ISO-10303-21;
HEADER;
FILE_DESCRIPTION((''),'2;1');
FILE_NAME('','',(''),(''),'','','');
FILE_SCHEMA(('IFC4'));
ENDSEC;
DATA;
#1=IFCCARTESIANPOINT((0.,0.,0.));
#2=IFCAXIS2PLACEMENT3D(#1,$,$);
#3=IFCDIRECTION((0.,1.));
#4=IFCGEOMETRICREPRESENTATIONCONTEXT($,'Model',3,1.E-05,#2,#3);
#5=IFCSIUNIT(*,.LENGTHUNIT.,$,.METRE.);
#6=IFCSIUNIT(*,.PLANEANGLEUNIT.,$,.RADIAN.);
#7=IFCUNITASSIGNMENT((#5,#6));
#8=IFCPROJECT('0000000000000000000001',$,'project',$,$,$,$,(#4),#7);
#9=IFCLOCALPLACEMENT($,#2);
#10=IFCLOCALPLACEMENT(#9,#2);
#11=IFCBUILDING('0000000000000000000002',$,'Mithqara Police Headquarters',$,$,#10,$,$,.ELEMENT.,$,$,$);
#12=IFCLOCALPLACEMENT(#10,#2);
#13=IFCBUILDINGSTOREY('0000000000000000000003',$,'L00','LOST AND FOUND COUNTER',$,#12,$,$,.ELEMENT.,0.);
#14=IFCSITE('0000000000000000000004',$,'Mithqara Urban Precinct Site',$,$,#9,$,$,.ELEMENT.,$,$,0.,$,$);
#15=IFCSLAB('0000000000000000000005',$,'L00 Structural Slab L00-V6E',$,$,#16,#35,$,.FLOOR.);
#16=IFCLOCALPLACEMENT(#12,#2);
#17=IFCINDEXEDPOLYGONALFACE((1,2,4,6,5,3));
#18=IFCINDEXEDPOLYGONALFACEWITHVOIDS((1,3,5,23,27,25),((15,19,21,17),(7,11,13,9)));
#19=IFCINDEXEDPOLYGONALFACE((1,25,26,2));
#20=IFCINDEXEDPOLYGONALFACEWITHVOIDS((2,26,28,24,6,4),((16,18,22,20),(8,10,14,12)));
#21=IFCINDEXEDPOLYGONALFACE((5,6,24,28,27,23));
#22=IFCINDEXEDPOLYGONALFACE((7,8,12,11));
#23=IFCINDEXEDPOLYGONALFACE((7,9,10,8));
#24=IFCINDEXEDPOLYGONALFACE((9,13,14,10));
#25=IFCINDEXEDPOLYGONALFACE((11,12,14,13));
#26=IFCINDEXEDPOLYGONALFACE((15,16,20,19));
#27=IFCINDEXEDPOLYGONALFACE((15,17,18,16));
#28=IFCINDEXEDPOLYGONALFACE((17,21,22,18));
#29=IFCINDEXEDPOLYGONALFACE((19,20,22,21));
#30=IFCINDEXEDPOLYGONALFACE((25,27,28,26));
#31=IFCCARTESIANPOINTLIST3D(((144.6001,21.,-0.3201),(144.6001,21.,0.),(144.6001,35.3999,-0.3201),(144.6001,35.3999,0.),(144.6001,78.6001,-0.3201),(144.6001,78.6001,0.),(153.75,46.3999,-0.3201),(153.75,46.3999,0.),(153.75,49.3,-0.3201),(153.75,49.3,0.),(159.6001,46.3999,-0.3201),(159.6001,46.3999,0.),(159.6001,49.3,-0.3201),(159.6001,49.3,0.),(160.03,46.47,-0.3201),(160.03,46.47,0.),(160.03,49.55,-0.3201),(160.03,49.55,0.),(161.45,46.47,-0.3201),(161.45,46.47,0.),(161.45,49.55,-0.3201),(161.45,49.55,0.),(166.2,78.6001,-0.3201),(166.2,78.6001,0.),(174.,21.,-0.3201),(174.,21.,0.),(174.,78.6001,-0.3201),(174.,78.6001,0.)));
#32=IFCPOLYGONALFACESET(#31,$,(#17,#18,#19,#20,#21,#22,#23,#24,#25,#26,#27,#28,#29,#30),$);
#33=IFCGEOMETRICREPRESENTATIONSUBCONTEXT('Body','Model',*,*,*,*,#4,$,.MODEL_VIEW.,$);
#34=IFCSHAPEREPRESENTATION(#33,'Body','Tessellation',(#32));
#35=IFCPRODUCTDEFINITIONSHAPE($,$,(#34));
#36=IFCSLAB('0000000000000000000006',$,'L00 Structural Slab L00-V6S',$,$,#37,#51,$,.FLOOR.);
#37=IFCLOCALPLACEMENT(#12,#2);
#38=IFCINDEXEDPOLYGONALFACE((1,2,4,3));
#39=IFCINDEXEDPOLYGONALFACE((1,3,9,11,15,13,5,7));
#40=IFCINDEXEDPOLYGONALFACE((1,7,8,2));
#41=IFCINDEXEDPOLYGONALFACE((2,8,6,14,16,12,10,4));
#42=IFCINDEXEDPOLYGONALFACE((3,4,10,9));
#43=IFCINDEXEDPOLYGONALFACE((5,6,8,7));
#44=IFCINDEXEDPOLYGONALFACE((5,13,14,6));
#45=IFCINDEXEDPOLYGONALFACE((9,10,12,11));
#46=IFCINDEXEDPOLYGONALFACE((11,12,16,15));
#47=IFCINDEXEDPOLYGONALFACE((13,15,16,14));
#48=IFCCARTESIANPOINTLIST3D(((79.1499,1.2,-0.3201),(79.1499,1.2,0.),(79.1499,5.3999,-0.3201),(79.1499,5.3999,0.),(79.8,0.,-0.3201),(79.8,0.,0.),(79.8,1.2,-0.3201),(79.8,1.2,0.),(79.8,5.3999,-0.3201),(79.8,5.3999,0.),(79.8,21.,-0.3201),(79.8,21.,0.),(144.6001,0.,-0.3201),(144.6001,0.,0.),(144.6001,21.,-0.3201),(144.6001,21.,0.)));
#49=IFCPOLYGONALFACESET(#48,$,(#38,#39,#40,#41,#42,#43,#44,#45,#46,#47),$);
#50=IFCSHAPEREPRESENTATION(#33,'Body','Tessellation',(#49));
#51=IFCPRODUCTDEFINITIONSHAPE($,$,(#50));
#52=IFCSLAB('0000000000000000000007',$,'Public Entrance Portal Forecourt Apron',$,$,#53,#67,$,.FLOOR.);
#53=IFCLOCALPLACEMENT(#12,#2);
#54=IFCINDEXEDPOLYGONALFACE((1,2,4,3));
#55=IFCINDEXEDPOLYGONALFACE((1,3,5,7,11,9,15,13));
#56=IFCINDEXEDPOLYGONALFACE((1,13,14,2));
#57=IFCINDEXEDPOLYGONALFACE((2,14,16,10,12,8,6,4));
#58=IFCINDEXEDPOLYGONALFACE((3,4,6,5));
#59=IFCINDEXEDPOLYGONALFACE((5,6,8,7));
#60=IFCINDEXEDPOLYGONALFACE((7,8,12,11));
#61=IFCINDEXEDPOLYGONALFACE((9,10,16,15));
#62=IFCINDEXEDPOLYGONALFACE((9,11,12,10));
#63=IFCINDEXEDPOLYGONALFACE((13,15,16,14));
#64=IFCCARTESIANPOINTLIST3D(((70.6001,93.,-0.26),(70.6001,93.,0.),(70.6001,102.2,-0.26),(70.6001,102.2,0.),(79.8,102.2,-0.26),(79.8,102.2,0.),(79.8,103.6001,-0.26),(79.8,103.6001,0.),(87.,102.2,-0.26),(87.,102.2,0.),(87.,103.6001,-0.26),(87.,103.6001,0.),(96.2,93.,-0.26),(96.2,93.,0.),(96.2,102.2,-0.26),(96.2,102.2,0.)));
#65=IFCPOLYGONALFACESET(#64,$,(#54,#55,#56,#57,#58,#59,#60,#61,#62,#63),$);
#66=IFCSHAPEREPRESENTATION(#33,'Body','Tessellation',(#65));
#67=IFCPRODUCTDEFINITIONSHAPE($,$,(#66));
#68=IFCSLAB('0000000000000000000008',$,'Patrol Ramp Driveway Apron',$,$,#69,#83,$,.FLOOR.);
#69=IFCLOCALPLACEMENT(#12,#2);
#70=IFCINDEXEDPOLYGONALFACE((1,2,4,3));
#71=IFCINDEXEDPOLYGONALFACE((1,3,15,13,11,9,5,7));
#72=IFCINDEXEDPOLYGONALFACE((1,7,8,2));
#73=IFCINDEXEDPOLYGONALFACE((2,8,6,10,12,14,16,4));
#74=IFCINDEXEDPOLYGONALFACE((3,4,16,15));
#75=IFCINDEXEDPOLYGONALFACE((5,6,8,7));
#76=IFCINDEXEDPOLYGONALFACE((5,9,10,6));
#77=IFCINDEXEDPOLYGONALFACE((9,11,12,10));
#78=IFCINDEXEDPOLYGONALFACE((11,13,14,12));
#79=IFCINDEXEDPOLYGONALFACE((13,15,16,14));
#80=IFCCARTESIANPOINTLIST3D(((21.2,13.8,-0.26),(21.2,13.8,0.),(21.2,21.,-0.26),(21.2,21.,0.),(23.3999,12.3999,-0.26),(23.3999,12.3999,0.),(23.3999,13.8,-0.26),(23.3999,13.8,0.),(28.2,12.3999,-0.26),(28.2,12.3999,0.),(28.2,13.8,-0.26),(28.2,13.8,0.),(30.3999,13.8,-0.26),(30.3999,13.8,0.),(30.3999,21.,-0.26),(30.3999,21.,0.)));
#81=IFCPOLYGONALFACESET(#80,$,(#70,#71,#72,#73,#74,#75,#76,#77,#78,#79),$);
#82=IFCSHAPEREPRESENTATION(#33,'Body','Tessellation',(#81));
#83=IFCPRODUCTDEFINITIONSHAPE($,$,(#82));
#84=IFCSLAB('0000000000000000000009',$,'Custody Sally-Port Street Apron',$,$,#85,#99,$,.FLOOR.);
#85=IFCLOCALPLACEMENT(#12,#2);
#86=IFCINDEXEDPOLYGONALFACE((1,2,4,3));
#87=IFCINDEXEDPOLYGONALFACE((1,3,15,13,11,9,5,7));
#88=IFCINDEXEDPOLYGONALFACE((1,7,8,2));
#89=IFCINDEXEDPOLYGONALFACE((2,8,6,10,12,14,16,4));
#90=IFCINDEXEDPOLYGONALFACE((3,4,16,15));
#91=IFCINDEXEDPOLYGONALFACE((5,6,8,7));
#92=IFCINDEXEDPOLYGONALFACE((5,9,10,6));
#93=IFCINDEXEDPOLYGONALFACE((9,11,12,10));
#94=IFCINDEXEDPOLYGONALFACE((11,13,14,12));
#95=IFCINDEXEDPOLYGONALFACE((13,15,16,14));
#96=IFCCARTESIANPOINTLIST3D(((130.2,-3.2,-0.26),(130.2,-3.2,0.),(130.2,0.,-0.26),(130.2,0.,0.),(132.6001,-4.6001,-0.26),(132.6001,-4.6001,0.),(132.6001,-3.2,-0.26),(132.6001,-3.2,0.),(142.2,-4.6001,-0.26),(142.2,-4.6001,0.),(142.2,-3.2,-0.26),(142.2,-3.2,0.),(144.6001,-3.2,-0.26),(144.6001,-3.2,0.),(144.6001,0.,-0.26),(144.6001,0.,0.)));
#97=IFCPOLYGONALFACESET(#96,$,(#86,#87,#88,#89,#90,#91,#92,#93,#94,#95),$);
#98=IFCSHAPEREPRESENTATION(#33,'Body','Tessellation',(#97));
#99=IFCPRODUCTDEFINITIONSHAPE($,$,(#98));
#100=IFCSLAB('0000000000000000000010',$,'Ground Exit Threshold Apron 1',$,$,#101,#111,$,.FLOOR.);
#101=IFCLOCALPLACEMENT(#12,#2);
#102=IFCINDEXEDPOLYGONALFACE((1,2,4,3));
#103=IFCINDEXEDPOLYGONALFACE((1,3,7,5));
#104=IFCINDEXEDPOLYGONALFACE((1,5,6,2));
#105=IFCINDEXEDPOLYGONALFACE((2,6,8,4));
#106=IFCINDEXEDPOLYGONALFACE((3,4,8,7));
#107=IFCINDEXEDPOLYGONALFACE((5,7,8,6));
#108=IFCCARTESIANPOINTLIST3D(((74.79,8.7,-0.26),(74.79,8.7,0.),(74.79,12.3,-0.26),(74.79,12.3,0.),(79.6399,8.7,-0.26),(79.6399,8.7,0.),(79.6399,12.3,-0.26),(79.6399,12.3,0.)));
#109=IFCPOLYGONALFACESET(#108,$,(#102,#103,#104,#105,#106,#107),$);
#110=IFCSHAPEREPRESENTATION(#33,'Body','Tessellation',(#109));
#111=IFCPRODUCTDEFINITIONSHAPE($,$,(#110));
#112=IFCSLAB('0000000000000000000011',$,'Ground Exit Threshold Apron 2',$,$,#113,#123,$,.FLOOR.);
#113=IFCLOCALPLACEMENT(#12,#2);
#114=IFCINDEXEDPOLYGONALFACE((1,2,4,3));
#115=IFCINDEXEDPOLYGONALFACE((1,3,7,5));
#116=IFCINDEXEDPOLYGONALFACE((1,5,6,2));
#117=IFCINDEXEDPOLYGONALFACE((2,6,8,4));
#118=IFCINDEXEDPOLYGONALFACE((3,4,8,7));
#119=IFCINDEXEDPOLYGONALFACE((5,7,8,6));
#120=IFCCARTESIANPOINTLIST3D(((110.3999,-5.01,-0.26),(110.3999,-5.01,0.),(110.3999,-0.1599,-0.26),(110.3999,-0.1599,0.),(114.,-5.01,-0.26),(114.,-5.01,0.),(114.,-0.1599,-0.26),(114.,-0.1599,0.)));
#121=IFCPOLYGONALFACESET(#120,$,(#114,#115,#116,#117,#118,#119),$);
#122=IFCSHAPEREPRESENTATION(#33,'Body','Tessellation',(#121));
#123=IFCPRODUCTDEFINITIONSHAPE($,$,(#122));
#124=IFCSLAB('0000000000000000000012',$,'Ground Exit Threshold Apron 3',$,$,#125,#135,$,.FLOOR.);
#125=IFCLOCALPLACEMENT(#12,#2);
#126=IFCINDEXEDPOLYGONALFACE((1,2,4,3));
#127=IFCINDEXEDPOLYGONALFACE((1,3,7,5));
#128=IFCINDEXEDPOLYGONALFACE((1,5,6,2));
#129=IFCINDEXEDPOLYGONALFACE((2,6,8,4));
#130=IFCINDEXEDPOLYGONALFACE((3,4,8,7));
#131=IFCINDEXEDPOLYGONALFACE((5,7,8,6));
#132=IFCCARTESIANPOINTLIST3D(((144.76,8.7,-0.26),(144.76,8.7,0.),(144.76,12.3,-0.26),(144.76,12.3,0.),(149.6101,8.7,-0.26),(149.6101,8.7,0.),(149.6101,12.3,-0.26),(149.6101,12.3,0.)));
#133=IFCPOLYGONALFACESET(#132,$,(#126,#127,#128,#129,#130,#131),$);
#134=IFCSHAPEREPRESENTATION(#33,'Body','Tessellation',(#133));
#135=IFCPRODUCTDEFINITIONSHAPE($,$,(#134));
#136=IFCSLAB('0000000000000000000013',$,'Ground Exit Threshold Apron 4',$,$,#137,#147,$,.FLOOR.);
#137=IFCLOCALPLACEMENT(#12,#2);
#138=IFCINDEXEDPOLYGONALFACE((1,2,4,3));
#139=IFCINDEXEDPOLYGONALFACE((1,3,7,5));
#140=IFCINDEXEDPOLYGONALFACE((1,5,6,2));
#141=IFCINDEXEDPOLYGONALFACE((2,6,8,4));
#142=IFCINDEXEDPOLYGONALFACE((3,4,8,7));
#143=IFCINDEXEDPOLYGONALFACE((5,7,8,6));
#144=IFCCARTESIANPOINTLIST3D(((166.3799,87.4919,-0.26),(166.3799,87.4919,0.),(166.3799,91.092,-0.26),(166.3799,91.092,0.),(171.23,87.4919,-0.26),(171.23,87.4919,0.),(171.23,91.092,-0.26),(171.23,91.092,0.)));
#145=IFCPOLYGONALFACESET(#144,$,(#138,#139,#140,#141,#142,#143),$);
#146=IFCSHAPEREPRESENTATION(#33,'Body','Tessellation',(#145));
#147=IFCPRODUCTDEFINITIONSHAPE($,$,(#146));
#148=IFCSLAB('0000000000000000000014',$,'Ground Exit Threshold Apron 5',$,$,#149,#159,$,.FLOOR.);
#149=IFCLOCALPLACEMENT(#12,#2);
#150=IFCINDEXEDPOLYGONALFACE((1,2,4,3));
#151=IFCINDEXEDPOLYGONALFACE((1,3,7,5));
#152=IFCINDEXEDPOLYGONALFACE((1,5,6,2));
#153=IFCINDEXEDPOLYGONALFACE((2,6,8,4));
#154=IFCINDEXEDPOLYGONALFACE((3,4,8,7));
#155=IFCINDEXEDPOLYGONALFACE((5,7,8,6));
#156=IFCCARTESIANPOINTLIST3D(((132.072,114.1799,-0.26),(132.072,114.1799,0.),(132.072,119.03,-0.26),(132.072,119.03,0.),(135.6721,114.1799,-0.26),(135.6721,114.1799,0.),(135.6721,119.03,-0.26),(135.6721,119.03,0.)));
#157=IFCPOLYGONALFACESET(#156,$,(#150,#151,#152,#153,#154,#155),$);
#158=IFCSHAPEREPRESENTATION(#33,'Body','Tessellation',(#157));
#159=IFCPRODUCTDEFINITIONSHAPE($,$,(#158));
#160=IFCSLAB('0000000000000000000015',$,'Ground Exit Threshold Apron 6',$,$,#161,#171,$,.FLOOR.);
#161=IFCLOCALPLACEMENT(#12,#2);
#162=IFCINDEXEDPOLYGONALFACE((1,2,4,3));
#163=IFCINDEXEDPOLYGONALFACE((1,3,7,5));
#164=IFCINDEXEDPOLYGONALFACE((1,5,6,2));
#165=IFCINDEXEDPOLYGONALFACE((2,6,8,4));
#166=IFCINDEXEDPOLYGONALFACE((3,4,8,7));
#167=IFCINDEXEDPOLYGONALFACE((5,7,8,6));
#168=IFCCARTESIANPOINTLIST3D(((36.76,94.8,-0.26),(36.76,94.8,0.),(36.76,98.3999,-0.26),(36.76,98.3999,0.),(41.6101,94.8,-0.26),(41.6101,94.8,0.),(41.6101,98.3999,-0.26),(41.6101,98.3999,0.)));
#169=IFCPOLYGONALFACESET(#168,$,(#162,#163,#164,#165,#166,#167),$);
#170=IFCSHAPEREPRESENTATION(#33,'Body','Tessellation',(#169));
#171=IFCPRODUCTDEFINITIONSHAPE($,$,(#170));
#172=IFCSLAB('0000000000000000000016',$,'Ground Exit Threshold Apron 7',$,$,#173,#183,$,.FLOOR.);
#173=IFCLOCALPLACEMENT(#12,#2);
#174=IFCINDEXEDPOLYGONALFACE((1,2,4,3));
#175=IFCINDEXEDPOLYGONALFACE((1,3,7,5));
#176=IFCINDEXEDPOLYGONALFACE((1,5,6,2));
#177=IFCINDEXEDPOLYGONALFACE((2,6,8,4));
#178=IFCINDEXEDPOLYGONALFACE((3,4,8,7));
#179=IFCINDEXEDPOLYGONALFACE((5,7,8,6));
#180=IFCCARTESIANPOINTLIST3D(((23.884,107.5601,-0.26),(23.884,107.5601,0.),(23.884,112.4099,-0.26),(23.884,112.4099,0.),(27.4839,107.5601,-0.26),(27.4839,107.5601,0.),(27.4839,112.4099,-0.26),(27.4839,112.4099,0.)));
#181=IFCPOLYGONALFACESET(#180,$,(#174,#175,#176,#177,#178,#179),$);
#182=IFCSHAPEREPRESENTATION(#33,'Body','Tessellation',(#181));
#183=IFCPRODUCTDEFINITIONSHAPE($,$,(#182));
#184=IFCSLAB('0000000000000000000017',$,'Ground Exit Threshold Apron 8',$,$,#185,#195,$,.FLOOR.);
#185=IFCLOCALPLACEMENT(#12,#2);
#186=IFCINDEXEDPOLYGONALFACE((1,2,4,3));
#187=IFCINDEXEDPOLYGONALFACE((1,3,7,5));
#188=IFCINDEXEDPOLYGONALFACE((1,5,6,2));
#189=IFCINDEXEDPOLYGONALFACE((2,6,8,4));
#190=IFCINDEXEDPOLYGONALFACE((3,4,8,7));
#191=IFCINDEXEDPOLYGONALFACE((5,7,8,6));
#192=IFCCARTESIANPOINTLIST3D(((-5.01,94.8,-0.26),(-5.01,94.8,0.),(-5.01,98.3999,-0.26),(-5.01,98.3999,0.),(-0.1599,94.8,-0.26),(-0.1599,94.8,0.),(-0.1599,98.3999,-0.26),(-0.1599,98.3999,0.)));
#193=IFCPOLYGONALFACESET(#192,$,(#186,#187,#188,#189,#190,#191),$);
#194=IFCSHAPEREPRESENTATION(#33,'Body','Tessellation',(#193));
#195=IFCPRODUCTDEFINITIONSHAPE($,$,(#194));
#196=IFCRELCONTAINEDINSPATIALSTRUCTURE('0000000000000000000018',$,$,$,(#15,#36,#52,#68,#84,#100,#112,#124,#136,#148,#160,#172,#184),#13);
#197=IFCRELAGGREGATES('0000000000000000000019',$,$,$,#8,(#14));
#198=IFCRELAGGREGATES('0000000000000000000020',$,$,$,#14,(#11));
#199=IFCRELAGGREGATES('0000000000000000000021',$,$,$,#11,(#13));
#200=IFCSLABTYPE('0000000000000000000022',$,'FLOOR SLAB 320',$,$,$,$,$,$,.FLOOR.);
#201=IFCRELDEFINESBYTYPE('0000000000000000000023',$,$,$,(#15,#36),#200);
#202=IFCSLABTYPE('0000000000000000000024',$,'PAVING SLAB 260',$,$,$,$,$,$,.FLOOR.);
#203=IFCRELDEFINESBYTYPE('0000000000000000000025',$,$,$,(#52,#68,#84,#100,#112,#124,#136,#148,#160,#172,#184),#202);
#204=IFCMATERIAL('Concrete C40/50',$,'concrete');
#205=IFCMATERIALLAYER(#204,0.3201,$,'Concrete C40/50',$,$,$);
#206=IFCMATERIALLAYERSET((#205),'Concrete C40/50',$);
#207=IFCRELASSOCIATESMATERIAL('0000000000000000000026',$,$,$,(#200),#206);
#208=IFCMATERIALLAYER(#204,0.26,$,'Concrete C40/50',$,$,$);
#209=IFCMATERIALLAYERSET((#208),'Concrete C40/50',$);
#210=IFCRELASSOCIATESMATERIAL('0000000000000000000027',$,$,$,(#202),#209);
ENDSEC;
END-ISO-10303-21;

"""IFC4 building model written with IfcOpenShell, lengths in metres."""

from ifc_helpers import new_model, si_unit, direction, frame, origin, place, context, subcontext, project, spatial, polyline, outline, extrude, material, layer, layer_set, type_object, element, save


model = new_model("IFC4")

# Units and contexts
model_context = context("Model", 3, precision=1e-05, world=origin(), true_north=direction((0.0, 1.0)))
body_context = subcontext(model_context, "Body", "Model", "MODEL_VIEW")
ifc_project = project(units=[si_unit("LENGTHUNIT", "METRE"), si_unit("PLANEANGLEUNIT", "RADIAN")], contexts=[model_context])

# Site, building, storey
site_placement = place(None, origin())
site = spatial("IfcSite", under=ifc_project, at=site_placement, Name="Mithqara Urban Precinct Site", CompositionType="ELEMENT", RefElevation=0.0)
building_placement = place(site_placement, origin())
building = spatial("IfcBuilding", under=site, at=building_placement, Name="Mithqara Police Headquarters", CompositionType="ELEMENT")
storey_placement = place(building_placement, origin())
storey = spatial("IfcBuildingStorey", under=building, at=storey_placement, Name="L00", Description="LOST AND FOUND COUNTER", CompositionType="ELEMENT", Elevation=0.0)

# Slabs
ifc_material_1 = material(Name="Concrete C40/50", Category="concrete")
ifc_layer_1 = layer(ifc_material_1, 0.3201, Name="Concrete C40/50")
ifc_layer_set_1 = layer_set([ifc_layer_1], Name="Concrete C40/50")
slab_type_1 = type_object("IfcSlabType", Name="FLOOR SLAB 320", PredefinedType="FLOOR", material=ifc_layer_set_1)
slab_1_placement = place(storey_placement, frame((0.0, 0.0, -0.3201)))
element("IfcSlab", 1, at=slab_1_placement, inside=storey, type_object=slab_type_1, Name="L00 Structural Slab L00-V6E", PredefinedType="FLOOR", context=body_context, shape_type="SweptSolid", body=[
    extrude(outline(polyline([(174.0, 78.6001), (174.0, 21.0), (144.6001, 21.0), (144.6001, 35.3999), (144.6001, 78.6001), (166.2, 78.6001), (174.0, 78.6001)]), holes=[polyline([(153.75, 46.3999), (159.6001, 46.3999), (159.6001, 49.3), (153.75, 49.3), (153.75, 46.3999)]), polyline([(161.45, 46.47), (161.45, 49.55), (160.03, 49.55), (160.03, 46.47), (161.45, 46.47)])]), origin(), (0.0, 0.0, 1.0), 0.3201),
])
slab_2_placement = place(storey_placement, frame((0.0, 0.0, -0.3201)))
element("IfcSlab", 2, at=slab_2_placement, inside=storey, type_object=slab_type_1, Name="L00 Structural Slab L00-V6S", PredefinedType="FLOOR", context=body_context, shape_type="SweptSolid", body=[
    extrude(outline(polyline([(79.1499, 5.3999), (79.8, 5.3999), (79.8, 21.0), (144.6001, 21.0), (144.6001, 0.0), (79.8, 0.0), (79.8, 1.2), (79.1499, 1.2), (79.1499, 5.3999)])), origin(), (0.0, 0.0, 1.0), 0.3201),
])
ifc_layer_2 = layer(ifc_material_1, 0.26, Name="Concrete C40/50")
ifc_layer_set_2 = layer_set([ifc_layer_2], Name="Concrete C40/50")
slab_type_2 = type_object("IfcSlabType", Name="PAVING SLAB 260", PredefinedType="FLOOR", material=ifc_layer_set_2)
slab_3_placement = place(storey_placement, frame((0.0, 0.0, -0.26)))
element("IfcSlab", 3, at=slab_3_placement, inside=storey, type_object=slab_type_2, Name="Public Entrance Portal Forecourt Apron", PredefinedType="FLOOR", context=body_context, shape_type="SweptSolid", body=[
    extrude(outline(polyline([(96.2, 93.0), (70.6001, 93.0), (70.6001, 102.2), (79.8, 102.2), (79.8, 103.6001), (87.0, 103.6001), (87.0, 102.2), (96.2, 102.2), (96.2, 93.0)])), origin(), (0.0, 0.0, 1.0), 0.26),
])
slab_4_placement = place(storey_placement, frame((0.0, 0.0, -0.26)))
element("IfcSlab", 4, at=slab_4_placement, inside=storey, type_object=slab_type_2, Name="Patrol Ramp Driveway Apron", PredefinedType="FLOOR", context=body_context, shape_type="SweptSolid", body=[
    extrude(outline(polyline([(23.3999, 12.3999), (23.3999, 13.8), (21.2, 13.8), (21.2, 21.0), (30.3999, 21.0), (30.3999, 13.8), (28.2, 13.8), (28.2, 12.3999), (23.3999, 12.3999)])), origin(), (0.0, 0.0, 1.0), 0.26),
])
slab_5_placement = place(storey_placement, frame((0.0, 0.0, -0.26)))
element("IfcSlab", 5, at=slab_5_placement, inside=storey, type_object=slab_type_2, Name="Custody Sally-Port Street Apron", PredefinedType="FLOOR", context=body_context, shape_type="SweptSolid", body=[
    extrude(outline(polyline([(132.6001, -4.6001), (132.6001, -3.2), (130.2, -3.2), (130.2, 0.0), (144.6001, 0.0), (144.6001, -3.2), (142.2, -3.2), (142.2, -4.6001), (132.6001, -4.6001)])), origin(), (0.0, 0.0, 1.0), 0.26),
])
slab_6_placement = place(storey_placement, frame((0.0, 0.0, -0.26)))
element("IfcSlab", 6, at=slab_6_placement, inside=storey, type_object=slab_type_2, Name="Ground Exit Threshold Apron 1", PredefinedType="FLOOR", context=body_context, shape_type="SweptSolid", body=[
    extrude(outline(polyline([(79.6399, 8.7), (74.79, 8.7), (74.79, 12.3), (79.6399, 12.3), (79.6399, 8.7)])), origin(), (0.0, 0.0, 1.0), 0.26),
])
slab_7_placement = place(storey_placement, frame((0.0, 0.0, -0.26)))
element("IfcSlab", 7, at=slab_7_placement, inside=storey, type_object=slab_type_2, Name="Ground Exit Threshold Apron 2", PredefinedType="FLOOR", context=body_context, shape_type="SweptSolid", body=[
    extrude(outline(polyline([(114.0, -0.1599), (114.0, -5.01), (110.3999, -5.01), (110.3999, -0.1599), (114.0, -0.1599)])), origin(), (0.0, 0.0, 1.0), 0.26),
])
slab_8_placement = place(storey_placement, frame((0.0, 0.0, -0.26)))
element("IfcSlab", 8, at=slab_8_placement, inside=storey, type_object=slab_type_2, Name="Ground Exit Threshold Apron 3", PredefinedType="FLOOR", context=body_context, shape_type="SweptSolid", body=[
    extrude(outline(polyline([(144.76, 12.3), (149.6101, 12.3), (149.6101, 8.7), (144.76, 8.7), (144.76, 12.3)])), origin(), (0.0, 0.0, 1.0), 0.26),
])
slab_9_placement = place(storey_placement, frame((0.0, 0.0, -0.26)))
element("IfcSlab", 9, at=slab_9_placement, inside=storey, type_object=slab_type_2, Name="Ground Exit Threshold Apron 4", PredefinedType="FLOOR", context=body_context, shape_type="SweptSolid", body=[
    extrude(outline(polyline([(166.3799, 91.092), (171.23, 91.092), (171.23, 87.4919), (166.3799, 87.4919), (166.3799, 91.092)])), origin(), (0.0, 0.0, 1.0), 0.26),
])
slab_10_placement = place(storey_placement, frame((0.0, 0.0, -0.26)))
element("IfcSlab", 10, at=slab_10_placement, inside=storey, type_object=slab_type_2, Name="Ground Exit Threshold Apron 5", PredefinedType="FLOOR", context=body_context, shape_type="SweptSolid", body=[
    extrude(outline(polyline([(132.072, 114.1799), (132.072, 119.03), (135.6721, 119.03), (135.6721, 114.1799), (132.072, 114.1799)])), origin(), (0.0, 0.0, 1.0), 0.26),
])
slab_11_placement = place(storey_placement, frame((0.0, 0.0, -0.26)))
element("IfcSlab", 11, at=slab_11_placement, inside=storey, type_object=slab_type_2, Name="Ground Exit Threshold Apron 6", PredefinedType="FLOOR", context=body_context, shape_type="SweptSolid", body=[
    extrude(outline(polyline([(36.76, 98.3999), (41.6101, 98.3999), (41.6101, 94.8), (36.76, 94.8), (36.76, 98.3999)])), origin(), (0.0, 0.0, 1.0), 0.26),
])
slab_12_placement = place(storey_placement, frame((0.0, 0.0, -0.26)))
element("IfcSlab", 12, at=slab_12_placement, inside=storey, type_object=slab_type_2, Name="Ground Exit Threshold Apron 7", PredefinedType="FLOOR", context=body_context, shape_type="SweptSolid", body=[
    extrude(outline(polyline([(23.884, 107.5601), (23.884, 112.4099), (27.4839, 112.4099), (27.4839, 107.5601), (23.884, 107.5601)])), origin(), (0.0, 0.0, 1.0), 0.26),
])
slab_13_placement = place(storey_placement, frame((0.0, 0.0, -0.26)))
element("IfcSlab", 13, at=slab_13_placement, inside=storey, type_object=slab_type_2, Name="Ground Exit Threshold Apron 8", PredefinedType="FLOOR", context=body_context, shape_type="SweptSolid", body=[
    extrude(outline(polyline([(-0.1599, 94.8), (-5.01, 94.8), (-5.01, 98.3999), (-0.1599, 98.3999), (-0.1599, 94.8)])), origin(), (0.0, 0.0, 1.0), 0.26),
])

save(model, "model.ifc")
